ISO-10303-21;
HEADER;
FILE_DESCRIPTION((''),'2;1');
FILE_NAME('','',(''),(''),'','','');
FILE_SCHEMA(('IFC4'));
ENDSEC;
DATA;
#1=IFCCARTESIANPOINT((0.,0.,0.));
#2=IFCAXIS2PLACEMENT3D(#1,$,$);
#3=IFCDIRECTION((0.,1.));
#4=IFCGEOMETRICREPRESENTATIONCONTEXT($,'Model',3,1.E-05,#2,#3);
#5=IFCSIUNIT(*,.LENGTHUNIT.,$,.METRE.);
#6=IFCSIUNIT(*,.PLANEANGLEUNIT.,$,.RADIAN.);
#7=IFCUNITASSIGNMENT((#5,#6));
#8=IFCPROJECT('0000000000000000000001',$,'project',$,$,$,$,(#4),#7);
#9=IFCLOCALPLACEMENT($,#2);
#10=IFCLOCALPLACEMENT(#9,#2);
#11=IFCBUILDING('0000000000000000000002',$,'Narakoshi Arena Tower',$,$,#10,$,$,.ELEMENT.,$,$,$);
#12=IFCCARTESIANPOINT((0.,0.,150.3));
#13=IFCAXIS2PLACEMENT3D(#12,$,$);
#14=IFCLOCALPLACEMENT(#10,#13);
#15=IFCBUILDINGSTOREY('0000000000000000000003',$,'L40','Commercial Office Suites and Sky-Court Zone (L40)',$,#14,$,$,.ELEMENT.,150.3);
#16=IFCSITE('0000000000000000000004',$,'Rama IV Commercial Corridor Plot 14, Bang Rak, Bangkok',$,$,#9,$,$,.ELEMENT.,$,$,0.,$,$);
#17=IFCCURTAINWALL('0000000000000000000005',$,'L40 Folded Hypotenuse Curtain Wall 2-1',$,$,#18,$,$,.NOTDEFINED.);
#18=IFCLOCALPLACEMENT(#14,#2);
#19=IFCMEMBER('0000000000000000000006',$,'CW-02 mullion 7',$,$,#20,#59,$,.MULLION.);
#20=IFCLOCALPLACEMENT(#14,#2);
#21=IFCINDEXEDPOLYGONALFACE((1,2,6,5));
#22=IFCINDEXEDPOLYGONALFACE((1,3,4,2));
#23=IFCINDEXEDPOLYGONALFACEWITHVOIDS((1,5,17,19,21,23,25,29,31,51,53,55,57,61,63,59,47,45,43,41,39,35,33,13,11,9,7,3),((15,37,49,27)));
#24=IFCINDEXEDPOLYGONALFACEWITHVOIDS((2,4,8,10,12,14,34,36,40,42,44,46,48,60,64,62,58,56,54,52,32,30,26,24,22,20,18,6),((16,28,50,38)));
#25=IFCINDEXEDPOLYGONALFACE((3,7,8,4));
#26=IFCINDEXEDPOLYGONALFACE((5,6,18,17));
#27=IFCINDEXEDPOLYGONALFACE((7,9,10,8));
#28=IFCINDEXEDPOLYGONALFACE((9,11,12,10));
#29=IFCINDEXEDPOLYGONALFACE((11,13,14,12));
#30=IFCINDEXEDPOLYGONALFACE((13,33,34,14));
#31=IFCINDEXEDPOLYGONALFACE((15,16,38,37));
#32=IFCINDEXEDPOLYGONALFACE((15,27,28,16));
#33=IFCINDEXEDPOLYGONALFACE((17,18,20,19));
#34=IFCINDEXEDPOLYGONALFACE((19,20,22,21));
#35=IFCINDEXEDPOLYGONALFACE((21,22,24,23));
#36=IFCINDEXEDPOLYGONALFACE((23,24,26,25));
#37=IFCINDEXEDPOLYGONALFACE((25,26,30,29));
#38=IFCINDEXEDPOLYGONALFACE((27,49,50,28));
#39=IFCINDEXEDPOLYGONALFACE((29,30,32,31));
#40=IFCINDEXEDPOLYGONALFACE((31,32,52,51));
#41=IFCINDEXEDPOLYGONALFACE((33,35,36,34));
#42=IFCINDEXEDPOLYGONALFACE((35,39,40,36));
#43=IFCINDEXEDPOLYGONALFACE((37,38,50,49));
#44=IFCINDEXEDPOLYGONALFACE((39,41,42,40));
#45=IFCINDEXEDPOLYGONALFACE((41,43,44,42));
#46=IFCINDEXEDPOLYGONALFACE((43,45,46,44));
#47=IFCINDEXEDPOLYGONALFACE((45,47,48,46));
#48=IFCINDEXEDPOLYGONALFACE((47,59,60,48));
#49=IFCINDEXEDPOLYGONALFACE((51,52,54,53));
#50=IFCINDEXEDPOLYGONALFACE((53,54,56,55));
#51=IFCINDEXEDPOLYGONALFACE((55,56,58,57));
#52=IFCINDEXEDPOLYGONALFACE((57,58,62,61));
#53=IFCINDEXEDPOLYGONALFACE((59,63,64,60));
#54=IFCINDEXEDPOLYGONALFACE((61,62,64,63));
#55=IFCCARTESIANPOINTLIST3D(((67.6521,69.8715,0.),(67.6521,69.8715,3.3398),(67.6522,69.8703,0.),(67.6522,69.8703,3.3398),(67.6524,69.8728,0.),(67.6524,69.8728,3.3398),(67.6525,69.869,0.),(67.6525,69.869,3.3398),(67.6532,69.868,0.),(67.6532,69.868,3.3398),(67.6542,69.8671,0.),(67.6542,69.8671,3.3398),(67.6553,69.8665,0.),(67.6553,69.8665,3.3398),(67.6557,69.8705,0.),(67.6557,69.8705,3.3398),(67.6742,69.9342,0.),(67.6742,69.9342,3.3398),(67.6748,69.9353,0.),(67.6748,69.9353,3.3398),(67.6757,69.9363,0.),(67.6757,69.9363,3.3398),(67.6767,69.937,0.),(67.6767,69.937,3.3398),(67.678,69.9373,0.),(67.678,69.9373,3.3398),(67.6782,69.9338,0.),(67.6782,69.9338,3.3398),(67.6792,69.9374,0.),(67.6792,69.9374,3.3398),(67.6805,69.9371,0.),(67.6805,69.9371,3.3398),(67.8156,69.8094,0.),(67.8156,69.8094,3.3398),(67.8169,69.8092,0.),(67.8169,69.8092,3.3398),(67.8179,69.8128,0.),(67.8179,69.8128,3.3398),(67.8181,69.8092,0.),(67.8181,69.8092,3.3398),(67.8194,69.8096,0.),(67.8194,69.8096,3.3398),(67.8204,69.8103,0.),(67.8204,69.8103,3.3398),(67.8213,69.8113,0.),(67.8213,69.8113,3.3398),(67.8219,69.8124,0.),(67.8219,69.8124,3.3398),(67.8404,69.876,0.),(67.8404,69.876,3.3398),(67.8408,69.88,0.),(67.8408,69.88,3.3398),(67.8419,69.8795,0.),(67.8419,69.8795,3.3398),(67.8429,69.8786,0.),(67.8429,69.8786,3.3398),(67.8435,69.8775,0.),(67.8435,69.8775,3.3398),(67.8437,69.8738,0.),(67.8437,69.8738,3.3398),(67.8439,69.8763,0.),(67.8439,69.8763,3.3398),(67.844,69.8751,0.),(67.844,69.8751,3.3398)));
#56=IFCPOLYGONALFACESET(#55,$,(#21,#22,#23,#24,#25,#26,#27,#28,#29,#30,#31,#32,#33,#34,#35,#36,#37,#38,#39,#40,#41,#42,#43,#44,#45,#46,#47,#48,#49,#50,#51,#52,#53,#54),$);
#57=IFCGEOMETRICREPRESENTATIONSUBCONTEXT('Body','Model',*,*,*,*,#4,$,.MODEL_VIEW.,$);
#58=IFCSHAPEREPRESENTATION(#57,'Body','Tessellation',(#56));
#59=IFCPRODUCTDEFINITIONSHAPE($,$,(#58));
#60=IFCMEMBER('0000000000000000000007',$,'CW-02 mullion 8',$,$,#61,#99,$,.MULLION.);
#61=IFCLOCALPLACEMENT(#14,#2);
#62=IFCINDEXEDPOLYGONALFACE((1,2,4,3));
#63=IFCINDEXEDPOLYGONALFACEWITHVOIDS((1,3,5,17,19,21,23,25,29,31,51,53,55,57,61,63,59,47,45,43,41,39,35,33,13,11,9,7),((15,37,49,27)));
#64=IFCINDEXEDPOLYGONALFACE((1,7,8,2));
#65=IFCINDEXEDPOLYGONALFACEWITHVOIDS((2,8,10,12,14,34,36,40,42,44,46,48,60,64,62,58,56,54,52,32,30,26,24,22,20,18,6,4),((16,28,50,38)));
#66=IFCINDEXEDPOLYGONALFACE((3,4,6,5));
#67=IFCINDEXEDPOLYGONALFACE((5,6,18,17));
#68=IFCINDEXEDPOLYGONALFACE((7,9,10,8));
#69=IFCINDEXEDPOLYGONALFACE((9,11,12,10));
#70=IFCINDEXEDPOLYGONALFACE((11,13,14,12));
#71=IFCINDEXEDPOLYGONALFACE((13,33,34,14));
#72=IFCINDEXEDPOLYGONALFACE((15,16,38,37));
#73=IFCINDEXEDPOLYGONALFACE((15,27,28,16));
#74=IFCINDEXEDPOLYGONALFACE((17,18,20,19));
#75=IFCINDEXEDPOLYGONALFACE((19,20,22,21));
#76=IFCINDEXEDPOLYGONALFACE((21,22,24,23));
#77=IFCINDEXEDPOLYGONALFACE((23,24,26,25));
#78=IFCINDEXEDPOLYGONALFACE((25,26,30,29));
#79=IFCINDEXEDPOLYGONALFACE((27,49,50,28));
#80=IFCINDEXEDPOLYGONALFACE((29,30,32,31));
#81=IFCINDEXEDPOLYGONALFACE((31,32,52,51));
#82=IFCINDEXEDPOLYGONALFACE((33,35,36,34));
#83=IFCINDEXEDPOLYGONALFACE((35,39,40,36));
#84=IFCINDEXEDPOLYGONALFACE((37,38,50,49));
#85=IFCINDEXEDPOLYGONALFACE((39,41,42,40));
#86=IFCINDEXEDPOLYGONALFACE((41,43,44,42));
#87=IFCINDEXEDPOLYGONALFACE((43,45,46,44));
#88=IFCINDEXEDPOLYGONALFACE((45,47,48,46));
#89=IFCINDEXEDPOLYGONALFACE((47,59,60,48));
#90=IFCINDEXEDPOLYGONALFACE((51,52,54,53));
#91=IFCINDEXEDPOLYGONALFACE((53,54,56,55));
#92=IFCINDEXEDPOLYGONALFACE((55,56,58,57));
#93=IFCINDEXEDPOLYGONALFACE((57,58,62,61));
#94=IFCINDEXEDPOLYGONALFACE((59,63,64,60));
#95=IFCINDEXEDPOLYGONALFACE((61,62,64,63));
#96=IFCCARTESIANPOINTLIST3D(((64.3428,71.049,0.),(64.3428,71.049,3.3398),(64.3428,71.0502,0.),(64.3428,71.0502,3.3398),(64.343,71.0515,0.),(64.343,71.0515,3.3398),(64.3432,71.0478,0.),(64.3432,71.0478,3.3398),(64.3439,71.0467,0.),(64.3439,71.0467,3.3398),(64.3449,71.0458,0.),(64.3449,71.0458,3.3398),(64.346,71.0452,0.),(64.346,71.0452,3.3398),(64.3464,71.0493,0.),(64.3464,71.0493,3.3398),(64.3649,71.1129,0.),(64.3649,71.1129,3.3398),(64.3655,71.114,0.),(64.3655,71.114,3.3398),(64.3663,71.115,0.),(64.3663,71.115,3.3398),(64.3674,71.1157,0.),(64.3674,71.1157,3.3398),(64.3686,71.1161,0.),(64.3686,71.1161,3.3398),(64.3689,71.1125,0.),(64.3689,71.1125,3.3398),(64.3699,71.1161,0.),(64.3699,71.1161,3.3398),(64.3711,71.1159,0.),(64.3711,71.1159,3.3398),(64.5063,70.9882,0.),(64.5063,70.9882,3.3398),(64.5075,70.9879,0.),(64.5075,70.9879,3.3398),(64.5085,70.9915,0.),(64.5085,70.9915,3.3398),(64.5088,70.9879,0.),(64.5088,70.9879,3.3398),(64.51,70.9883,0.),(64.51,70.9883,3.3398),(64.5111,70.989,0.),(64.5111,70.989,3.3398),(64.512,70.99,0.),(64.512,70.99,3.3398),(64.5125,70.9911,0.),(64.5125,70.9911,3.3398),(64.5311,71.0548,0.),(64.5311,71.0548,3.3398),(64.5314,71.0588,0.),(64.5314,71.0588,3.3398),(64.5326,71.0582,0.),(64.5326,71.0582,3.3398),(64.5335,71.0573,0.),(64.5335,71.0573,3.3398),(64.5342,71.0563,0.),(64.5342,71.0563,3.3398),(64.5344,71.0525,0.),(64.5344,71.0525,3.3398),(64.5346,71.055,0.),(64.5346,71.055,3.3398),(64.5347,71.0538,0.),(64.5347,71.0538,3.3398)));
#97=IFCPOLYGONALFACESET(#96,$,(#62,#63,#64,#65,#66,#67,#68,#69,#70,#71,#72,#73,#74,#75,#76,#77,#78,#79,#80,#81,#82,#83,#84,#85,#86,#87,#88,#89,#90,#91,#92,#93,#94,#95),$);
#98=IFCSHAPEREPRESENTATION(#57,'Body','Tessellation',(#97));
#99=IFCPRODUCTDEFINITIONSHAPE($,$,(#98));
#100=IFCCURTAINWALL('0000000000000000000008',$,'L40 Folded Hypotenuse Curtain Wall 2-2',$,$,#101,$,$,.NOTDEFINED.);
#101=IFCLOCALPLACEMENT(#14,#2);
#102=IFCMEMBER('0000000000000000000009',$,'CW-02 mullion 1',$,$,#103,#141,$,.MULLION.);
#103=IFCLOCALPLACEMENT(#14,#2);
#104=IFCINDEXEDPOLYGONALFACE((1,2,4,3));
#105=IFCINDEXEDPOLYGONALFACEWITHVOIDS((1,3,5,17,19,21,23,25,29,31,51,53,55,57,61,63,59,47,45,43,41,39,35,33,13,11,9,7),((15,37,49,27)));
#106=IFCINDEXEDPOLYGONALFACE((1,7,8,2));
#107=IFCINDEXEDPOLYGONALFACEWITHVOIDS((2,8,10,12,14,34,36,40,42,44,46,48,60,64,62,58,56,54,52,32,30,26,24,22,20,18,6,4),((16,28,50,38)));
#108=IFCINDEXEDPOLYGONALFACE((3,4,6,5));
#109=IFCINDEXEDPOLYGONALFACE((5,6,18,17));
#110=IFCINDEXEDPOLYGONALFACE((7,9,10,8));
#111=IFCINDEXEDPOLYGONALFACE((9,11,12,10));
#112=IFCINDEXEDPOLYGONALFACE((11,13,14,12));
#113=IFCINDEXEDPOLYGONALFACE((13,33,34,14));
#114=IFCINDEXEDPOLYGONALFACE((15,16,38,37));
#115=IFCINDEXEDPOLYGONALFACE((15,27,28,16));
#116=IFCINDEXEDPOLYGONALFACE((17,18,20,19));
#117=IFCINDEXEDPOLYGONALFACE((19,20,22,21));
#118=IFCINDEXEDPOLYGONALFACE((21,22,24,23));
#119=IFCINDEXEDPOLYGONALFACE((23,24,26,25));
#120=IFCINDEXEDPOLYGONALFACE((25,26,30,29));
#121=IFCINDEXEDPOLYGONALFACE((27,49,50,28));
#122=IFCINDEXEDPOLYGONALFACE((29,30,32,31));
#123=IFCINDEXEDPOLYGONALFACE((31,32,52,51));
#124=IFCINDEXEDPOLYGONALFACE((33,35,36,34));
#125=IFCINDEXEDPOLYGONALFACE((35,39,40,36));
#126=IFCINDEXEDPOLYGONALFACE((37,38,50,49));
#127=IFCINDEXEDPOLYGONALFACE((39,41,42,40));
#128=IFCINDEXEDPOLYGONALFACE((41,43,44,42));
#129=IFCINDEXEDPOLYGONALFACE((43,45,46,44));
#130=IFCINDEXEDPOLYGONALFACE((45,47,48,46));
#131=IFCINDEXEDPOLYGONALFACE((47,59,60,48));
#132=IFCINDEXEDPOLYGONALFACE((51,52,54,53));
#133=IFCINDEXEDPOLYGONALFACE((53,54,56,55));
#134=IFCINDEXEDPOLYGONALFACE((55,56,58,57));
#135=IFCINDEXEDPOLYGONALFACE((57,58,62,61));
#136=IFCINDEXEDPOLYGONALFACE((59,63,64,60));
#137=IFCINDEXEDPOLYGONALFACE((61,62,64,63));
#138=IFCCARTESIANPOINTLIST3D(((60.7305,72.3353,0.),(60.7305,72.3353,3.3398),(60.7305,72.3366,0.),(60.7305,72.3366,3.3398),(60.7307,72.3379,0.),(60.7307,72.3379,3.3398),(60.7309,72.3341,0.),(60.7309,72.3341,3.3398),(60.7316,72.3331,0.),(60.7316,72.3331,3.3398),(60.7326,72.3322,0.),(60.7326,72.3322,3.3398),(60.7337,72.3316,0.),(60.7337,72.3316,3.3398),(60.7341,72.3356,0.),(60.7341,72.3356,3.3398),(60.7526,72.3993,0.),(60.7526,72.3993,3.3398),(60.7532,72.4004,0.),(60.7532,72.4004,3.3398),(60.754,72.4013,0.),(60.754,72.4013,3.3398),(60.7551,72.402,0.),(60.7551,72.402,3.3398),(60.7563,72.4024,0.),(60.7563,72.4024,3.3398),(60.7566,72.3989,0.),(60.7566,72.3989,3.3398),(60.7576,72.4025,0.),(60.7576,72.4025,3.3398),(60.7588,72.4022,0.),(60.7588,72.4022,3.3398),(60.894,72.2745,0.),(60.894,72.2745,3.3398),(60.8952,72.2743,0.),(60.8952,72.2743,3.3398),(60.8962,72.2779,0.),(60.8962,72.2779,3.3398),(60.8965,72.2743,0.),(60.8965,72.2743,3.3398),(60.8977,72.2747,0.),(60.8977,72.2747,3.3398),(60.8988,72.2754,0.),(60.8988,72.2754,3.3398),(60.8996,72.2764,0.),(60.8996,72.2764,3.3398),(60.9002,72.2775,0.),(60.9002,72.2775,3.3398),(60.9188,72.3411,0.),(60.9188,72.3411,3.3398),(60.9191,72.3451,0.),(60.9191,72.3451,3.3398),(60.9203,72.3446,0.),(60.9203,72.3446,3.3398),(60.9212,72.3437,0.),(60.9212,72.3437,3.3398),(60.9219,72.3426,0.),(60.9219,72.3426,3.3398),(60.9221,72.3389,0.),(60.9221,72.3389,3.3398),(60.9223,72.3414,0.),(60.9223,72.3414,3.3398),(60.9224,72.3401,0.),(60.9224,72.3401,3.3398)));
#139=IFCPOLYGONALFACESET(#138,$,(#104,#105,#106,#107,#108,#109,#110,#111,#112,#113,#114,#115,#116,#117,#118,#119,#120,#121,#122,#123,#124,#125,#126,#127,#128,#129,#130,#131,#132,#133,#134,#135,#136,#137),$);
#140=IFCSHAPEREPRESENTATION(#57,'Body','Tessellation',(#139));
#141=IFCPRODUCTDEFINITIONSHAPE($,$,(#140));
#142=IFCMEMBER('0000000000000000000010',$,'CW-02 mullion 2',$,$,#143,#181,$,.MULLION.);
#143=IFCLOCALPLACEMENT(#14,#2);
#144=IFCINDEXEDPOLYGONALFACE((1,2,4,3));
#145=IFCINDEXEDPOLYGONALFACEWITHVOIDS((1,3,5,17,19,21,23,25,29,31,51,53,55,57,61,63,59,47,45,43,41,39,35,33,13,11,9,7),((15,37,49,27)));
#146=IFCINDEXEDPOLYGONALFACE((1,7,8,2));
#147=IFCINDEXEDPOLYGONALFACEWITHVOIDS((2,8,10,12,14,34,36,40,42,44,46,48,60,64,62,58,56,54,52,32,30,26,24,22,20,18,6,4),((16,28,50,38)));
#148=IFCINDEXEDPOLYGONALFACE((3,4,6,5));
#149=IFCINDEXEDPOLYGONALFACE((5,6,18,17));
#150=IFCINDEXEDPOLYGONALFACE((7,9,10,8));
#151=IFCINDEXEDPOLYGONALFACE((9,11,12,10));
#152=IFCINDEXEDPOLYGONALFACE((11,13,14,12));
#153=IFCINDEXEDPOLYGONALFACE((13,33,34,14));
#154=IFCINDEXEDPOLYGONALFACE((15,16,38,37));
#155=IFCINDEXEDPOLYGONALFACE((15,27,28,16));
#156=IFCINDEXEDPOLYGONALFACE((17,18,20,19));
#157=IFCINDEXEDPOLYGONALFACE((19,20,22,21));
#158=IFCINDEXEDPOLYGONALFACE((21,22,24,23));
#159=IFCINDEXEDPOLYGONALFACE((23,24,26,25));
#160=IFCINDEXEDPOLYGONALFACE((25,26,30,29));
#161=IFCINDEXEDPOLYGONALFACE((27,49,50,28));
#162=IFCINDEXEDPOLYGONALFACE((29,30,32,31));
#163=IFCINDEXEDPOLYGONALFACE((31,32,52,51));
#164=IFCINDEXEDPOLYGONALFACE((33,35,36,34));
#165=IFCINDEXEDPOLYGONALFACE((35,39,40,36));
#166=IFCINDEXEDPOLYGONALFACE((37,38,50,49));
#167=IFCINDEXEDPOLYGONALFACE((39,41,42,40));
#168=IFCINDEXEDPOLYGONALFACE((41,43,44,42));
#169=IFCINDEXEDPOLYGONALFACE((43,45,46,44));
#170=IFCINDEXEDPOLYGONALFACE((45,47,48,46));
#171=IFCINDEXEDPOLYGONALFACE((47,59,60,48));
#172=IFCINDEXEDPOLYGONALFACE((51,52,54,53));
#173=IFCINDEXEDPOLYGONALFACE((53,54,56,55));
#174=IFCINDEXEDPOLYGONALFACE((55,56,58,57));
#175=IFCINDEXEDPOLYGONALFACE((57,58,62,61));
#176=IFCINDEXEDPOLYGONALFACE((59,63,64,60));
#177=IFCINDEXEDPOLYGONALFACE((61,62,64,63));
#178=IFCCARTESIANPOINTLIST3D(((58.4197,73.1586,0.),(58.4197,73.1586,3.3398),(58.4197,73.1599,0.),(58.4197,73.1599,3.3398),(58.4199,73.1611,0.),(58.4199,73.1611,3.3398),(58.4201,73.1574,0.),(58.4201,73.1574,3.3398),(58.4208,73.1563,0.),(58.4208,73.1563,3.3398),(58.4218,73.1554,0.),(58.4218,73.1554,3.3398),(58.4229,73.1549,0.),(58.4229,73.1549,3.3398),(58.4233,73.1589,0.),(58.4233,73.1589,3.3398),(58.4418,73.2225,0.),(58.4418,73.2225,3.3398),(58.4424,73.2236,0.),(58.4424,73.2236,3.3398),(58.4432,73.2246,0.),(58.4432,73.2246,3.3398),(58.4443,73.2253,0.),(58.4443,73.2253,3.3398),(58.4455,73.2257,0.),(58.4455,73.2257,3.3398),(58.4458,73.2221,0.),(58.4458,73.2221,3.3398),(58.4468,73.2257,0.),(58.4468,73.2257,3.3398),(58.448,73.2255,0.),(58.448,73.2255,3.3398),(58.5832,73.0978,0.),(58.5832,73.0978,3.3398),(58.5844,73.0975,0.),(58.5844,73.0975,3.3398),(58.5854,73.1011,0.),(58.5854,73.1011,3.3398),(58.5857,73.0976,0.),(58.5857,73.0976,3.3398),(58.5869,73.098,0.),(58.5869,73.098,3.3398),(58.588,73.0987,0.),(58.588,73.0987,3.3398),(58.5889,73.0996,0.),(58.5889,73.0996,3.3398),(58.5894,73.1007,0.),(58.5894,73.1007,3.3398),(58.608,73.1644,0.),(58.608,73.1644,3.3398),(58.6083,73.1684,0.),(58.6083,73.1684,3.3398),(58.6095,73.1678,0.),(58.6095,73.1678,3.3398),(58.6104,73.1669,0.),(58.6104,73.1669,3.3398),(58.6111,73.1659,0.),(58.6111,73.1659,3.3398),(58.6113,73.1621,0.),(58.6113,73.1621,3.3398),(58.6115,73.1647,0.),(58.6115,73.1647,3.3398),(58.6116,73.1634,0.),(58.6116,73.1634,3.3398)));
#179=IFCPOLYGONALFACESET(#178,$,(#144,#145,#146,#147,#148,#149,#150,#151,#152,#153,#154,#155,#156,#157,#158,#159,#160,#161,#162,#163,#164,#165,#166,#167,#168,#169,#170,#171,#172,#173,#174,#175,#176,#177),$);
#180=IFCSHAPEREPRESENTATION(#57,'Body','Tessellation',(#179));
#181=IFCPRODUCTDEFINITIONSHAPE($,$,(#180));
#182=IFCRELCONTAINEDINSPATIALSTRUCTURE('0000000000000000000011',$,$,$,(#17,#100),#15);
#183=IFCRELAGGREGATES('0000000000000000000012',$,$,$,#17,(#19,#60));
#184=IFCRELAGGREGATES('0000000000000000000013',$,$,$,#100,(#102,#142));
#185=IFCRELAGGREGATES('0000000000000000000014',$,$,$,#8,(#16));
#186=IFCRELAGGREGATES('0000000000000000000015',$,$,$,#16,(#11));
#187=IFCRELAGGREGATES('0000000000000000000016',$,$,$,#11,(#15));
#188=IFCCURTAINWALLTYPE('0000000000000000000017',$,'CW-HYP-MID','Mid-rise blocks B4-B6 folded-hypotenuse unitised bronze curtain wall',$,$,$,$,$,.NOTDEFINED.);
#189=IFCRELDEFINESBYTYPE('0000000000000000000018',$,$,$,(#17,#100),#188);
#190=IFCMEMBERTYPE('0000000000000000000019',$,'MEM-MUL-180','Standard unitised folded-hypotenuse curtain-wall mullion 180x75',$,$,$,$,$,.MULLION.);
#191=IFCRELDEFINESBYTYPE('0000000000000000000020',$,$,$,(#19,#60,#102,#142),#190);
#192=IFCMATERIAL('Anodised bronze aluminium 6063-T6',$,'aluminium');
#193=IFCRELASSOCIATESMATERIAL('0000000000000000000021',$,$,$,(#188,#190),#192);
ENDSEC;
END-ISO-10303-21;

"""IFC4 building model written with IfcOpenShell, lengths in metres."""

from ifc_helpers import new_model, si_unit, direction, frame, origin, origin_2d, place, context, subcontext, project, spatial, hollow_rectangle, extrude, material, material_profile, profile_set, type_object, element, aggregate, save


model = new_model("IFC4")

# Units and contexts
model_context = context("Model", 3, precision=1e-05, world=origin(), true_north=direction((0.0, 1.0)))
body_context = subcontext(model_context, "Body", "Model", "MODEL_VIEW")
ifc_project = project(units=[si_unit("LENGTHUNIT", "METRE"), si_unit("PLANEANGLEUNIT", "RADIAN")], contexts=[model_context])

# Site, building, storey
site_placement = place(None, origin())
site = spatial("IfcSite", under=ifc_project, at=site_placement, Name="Rama IV Commercial Corridor Plot 14, Bang Rak, Bangkok", CompositionType="ELEMENT", RefElevation=0.0)
building_placement = place(site_placement, origin())
building = spatial("IfcBuilding", under=site, at=building_placement, Name="Narakoshi Arena Tower", CompositionType="ELEMENT")
storey_placement = place(building_placement, frame((0.0, 0.0, 150.3)))
storey = spatial("IfcBuildingStorey", under=building, at=storey_placement, Name="L40", Description="Commercial Office Suites and Sky-Court Zone (L40)", CompositionType="ELEMENT", Elevation=150.3)

# Curtain walls, members
ifc_material_1 = material(Name="Anodised bronze aluminium 6063-T6", Category="aluminium")
curtain_wall_type = type_object("IfcCurtainWallType", Name="CW-HYP-MID", Description="Mid-rise blocks B4-B6 folded-hypotenuse unitised bronze curtain wall", PredefinedType="NOTDEFINED", material=ifc_material_1)
curtain_wall_1_placement = place(storey_placement, origin())
curtain_wall_1 = element("IfcCurtainWall", 1, at=curtain_wall_1_placement, inside=storey, type_object=curtain_wall_type, Name="L40 Folded Hypotenuse Curtain Wall 2-1", PredefinedType="NOTDEFINED")
ifc_material_profile_1 = material_profile(ifc_material_1, hollow_rectangle(XDim=0.075, YDim=0.1799, WallThickness=0.0039, OuterFilletRadius=0.0049, at=origin_2d()), Name="MUL180x75x4")
ifc_profile_set_1 = profile_set([ifc_material_profile_1], Name="Anodised bronze aluminium 6063-T6")
member_type_1 = type_object("IfcMemberType", Name="MEM-MUL-180", Description="Standard unitised folded-hypotenuse curtain-wall mullion 180x75", PredefinedType="MULLION", material=ifc_profile_set_1)
member_1_placement = place(storey_placement, frame((67.748, 69.8733, 0.0), z_axis=(0.0, 0.0, 1.0), x_axis=(-0.335518, -0.942034, 0.0)))
member_1 = element("IfcMember", 2, at=member_1_placement, type_object=member_type_1, Name="CW-02 mullion 7", PredefinedType="MULLION", context=body_context, shape_type="SweptSolid", body=[
    extrude(hollow_rectangle(XDim=0.075, YDim=0.1799, WallThickness=0.0039, OuterFilletRadius=0.0049, at=origin_2d()), origin(), (0.0, 0.0, 1.0), 3.3398),
])
member_2_placement = place(storey_placement, frame((64.4387, 71.052, 0.0), z_axis=(0.0, 0.0, 1.0), x_axis=(-0.335518, -0.942034, 0.0)))
member_2 = element("IfcMember", 3, at=member_2_placement, type_object=member_type_1, Name="CW-02 mullion 8", PredefinedType="MULLION", context=body_context, shape_type="SweptSolid", body=[
    extrude(hollow_rectangle(XDim=0.075, YDim=0.1799, WallThickness=0.0039, OuterFilletRadius=0.0049, at=origin_2d()), origin(), (0.0, 0.0, 1.0), 3.3398),
])
curtain_wall_2_placement = place(storey_placement, origin())
curtain_wall_2 = element("IfcCurtainWall", 4, at=curtain_wall_2_placement, inside=storey, type_object=curtain_wall_type, Name="L40 Folded Hypotenuse Curtain Wall 2-2", PredefinedType="NOTDEFINED")
member_3_placement = place(storey_placement, frame((60.8264, 72.3384, 0.0), z_axis=(0.0, 0.0, 1.0), x_axis=(-0.335542, -0.942025, 0.0)))
member_3 = element("IfcMember", 5, at=member_3_placement, type_object=member_type_1, Name="CW-02 mullion 1", PredefinedType="MULLION", context=body_context, shape_type="SweptSolid", body=[
    extrude(hollow_rectangle(XDim=0.075, YDim=0.1799, WallThickness=0.0039, OuterFilletRadius=0.0049, at=origin_2d()), origin(), (0.0, 0.0, 1.0), 3.3398),
])
member_4_placement = place(storey_placement, frame((58.5156, 73.1616, 0.0), z_axis=(0.0, 0.0, 1.0), x_axis=(-0.335542, -0.942025, 0.0)))
member_4 = element("IfcMember", 6, at=member_4_placement, type_object=member_type_1, Name="CW-02 mullion 2", PredefinedType="MULLION", context=body_context, shape_type="SweptSolid", body=[
    extrude(hollow_rectangle(XDim=0.075, YDim=0.1799, WallThickness=0.0039, OuterFilletRadius=0.0049, at=origin_2d()), origin(), (0.0, 0.0, 1.0), 3.3398),
])

aggregate(curtain_wall_1, [member_1, member_2])
aggregate(curtain_wall_2, [member_3, member_4])

save(model, "model.ifc")
